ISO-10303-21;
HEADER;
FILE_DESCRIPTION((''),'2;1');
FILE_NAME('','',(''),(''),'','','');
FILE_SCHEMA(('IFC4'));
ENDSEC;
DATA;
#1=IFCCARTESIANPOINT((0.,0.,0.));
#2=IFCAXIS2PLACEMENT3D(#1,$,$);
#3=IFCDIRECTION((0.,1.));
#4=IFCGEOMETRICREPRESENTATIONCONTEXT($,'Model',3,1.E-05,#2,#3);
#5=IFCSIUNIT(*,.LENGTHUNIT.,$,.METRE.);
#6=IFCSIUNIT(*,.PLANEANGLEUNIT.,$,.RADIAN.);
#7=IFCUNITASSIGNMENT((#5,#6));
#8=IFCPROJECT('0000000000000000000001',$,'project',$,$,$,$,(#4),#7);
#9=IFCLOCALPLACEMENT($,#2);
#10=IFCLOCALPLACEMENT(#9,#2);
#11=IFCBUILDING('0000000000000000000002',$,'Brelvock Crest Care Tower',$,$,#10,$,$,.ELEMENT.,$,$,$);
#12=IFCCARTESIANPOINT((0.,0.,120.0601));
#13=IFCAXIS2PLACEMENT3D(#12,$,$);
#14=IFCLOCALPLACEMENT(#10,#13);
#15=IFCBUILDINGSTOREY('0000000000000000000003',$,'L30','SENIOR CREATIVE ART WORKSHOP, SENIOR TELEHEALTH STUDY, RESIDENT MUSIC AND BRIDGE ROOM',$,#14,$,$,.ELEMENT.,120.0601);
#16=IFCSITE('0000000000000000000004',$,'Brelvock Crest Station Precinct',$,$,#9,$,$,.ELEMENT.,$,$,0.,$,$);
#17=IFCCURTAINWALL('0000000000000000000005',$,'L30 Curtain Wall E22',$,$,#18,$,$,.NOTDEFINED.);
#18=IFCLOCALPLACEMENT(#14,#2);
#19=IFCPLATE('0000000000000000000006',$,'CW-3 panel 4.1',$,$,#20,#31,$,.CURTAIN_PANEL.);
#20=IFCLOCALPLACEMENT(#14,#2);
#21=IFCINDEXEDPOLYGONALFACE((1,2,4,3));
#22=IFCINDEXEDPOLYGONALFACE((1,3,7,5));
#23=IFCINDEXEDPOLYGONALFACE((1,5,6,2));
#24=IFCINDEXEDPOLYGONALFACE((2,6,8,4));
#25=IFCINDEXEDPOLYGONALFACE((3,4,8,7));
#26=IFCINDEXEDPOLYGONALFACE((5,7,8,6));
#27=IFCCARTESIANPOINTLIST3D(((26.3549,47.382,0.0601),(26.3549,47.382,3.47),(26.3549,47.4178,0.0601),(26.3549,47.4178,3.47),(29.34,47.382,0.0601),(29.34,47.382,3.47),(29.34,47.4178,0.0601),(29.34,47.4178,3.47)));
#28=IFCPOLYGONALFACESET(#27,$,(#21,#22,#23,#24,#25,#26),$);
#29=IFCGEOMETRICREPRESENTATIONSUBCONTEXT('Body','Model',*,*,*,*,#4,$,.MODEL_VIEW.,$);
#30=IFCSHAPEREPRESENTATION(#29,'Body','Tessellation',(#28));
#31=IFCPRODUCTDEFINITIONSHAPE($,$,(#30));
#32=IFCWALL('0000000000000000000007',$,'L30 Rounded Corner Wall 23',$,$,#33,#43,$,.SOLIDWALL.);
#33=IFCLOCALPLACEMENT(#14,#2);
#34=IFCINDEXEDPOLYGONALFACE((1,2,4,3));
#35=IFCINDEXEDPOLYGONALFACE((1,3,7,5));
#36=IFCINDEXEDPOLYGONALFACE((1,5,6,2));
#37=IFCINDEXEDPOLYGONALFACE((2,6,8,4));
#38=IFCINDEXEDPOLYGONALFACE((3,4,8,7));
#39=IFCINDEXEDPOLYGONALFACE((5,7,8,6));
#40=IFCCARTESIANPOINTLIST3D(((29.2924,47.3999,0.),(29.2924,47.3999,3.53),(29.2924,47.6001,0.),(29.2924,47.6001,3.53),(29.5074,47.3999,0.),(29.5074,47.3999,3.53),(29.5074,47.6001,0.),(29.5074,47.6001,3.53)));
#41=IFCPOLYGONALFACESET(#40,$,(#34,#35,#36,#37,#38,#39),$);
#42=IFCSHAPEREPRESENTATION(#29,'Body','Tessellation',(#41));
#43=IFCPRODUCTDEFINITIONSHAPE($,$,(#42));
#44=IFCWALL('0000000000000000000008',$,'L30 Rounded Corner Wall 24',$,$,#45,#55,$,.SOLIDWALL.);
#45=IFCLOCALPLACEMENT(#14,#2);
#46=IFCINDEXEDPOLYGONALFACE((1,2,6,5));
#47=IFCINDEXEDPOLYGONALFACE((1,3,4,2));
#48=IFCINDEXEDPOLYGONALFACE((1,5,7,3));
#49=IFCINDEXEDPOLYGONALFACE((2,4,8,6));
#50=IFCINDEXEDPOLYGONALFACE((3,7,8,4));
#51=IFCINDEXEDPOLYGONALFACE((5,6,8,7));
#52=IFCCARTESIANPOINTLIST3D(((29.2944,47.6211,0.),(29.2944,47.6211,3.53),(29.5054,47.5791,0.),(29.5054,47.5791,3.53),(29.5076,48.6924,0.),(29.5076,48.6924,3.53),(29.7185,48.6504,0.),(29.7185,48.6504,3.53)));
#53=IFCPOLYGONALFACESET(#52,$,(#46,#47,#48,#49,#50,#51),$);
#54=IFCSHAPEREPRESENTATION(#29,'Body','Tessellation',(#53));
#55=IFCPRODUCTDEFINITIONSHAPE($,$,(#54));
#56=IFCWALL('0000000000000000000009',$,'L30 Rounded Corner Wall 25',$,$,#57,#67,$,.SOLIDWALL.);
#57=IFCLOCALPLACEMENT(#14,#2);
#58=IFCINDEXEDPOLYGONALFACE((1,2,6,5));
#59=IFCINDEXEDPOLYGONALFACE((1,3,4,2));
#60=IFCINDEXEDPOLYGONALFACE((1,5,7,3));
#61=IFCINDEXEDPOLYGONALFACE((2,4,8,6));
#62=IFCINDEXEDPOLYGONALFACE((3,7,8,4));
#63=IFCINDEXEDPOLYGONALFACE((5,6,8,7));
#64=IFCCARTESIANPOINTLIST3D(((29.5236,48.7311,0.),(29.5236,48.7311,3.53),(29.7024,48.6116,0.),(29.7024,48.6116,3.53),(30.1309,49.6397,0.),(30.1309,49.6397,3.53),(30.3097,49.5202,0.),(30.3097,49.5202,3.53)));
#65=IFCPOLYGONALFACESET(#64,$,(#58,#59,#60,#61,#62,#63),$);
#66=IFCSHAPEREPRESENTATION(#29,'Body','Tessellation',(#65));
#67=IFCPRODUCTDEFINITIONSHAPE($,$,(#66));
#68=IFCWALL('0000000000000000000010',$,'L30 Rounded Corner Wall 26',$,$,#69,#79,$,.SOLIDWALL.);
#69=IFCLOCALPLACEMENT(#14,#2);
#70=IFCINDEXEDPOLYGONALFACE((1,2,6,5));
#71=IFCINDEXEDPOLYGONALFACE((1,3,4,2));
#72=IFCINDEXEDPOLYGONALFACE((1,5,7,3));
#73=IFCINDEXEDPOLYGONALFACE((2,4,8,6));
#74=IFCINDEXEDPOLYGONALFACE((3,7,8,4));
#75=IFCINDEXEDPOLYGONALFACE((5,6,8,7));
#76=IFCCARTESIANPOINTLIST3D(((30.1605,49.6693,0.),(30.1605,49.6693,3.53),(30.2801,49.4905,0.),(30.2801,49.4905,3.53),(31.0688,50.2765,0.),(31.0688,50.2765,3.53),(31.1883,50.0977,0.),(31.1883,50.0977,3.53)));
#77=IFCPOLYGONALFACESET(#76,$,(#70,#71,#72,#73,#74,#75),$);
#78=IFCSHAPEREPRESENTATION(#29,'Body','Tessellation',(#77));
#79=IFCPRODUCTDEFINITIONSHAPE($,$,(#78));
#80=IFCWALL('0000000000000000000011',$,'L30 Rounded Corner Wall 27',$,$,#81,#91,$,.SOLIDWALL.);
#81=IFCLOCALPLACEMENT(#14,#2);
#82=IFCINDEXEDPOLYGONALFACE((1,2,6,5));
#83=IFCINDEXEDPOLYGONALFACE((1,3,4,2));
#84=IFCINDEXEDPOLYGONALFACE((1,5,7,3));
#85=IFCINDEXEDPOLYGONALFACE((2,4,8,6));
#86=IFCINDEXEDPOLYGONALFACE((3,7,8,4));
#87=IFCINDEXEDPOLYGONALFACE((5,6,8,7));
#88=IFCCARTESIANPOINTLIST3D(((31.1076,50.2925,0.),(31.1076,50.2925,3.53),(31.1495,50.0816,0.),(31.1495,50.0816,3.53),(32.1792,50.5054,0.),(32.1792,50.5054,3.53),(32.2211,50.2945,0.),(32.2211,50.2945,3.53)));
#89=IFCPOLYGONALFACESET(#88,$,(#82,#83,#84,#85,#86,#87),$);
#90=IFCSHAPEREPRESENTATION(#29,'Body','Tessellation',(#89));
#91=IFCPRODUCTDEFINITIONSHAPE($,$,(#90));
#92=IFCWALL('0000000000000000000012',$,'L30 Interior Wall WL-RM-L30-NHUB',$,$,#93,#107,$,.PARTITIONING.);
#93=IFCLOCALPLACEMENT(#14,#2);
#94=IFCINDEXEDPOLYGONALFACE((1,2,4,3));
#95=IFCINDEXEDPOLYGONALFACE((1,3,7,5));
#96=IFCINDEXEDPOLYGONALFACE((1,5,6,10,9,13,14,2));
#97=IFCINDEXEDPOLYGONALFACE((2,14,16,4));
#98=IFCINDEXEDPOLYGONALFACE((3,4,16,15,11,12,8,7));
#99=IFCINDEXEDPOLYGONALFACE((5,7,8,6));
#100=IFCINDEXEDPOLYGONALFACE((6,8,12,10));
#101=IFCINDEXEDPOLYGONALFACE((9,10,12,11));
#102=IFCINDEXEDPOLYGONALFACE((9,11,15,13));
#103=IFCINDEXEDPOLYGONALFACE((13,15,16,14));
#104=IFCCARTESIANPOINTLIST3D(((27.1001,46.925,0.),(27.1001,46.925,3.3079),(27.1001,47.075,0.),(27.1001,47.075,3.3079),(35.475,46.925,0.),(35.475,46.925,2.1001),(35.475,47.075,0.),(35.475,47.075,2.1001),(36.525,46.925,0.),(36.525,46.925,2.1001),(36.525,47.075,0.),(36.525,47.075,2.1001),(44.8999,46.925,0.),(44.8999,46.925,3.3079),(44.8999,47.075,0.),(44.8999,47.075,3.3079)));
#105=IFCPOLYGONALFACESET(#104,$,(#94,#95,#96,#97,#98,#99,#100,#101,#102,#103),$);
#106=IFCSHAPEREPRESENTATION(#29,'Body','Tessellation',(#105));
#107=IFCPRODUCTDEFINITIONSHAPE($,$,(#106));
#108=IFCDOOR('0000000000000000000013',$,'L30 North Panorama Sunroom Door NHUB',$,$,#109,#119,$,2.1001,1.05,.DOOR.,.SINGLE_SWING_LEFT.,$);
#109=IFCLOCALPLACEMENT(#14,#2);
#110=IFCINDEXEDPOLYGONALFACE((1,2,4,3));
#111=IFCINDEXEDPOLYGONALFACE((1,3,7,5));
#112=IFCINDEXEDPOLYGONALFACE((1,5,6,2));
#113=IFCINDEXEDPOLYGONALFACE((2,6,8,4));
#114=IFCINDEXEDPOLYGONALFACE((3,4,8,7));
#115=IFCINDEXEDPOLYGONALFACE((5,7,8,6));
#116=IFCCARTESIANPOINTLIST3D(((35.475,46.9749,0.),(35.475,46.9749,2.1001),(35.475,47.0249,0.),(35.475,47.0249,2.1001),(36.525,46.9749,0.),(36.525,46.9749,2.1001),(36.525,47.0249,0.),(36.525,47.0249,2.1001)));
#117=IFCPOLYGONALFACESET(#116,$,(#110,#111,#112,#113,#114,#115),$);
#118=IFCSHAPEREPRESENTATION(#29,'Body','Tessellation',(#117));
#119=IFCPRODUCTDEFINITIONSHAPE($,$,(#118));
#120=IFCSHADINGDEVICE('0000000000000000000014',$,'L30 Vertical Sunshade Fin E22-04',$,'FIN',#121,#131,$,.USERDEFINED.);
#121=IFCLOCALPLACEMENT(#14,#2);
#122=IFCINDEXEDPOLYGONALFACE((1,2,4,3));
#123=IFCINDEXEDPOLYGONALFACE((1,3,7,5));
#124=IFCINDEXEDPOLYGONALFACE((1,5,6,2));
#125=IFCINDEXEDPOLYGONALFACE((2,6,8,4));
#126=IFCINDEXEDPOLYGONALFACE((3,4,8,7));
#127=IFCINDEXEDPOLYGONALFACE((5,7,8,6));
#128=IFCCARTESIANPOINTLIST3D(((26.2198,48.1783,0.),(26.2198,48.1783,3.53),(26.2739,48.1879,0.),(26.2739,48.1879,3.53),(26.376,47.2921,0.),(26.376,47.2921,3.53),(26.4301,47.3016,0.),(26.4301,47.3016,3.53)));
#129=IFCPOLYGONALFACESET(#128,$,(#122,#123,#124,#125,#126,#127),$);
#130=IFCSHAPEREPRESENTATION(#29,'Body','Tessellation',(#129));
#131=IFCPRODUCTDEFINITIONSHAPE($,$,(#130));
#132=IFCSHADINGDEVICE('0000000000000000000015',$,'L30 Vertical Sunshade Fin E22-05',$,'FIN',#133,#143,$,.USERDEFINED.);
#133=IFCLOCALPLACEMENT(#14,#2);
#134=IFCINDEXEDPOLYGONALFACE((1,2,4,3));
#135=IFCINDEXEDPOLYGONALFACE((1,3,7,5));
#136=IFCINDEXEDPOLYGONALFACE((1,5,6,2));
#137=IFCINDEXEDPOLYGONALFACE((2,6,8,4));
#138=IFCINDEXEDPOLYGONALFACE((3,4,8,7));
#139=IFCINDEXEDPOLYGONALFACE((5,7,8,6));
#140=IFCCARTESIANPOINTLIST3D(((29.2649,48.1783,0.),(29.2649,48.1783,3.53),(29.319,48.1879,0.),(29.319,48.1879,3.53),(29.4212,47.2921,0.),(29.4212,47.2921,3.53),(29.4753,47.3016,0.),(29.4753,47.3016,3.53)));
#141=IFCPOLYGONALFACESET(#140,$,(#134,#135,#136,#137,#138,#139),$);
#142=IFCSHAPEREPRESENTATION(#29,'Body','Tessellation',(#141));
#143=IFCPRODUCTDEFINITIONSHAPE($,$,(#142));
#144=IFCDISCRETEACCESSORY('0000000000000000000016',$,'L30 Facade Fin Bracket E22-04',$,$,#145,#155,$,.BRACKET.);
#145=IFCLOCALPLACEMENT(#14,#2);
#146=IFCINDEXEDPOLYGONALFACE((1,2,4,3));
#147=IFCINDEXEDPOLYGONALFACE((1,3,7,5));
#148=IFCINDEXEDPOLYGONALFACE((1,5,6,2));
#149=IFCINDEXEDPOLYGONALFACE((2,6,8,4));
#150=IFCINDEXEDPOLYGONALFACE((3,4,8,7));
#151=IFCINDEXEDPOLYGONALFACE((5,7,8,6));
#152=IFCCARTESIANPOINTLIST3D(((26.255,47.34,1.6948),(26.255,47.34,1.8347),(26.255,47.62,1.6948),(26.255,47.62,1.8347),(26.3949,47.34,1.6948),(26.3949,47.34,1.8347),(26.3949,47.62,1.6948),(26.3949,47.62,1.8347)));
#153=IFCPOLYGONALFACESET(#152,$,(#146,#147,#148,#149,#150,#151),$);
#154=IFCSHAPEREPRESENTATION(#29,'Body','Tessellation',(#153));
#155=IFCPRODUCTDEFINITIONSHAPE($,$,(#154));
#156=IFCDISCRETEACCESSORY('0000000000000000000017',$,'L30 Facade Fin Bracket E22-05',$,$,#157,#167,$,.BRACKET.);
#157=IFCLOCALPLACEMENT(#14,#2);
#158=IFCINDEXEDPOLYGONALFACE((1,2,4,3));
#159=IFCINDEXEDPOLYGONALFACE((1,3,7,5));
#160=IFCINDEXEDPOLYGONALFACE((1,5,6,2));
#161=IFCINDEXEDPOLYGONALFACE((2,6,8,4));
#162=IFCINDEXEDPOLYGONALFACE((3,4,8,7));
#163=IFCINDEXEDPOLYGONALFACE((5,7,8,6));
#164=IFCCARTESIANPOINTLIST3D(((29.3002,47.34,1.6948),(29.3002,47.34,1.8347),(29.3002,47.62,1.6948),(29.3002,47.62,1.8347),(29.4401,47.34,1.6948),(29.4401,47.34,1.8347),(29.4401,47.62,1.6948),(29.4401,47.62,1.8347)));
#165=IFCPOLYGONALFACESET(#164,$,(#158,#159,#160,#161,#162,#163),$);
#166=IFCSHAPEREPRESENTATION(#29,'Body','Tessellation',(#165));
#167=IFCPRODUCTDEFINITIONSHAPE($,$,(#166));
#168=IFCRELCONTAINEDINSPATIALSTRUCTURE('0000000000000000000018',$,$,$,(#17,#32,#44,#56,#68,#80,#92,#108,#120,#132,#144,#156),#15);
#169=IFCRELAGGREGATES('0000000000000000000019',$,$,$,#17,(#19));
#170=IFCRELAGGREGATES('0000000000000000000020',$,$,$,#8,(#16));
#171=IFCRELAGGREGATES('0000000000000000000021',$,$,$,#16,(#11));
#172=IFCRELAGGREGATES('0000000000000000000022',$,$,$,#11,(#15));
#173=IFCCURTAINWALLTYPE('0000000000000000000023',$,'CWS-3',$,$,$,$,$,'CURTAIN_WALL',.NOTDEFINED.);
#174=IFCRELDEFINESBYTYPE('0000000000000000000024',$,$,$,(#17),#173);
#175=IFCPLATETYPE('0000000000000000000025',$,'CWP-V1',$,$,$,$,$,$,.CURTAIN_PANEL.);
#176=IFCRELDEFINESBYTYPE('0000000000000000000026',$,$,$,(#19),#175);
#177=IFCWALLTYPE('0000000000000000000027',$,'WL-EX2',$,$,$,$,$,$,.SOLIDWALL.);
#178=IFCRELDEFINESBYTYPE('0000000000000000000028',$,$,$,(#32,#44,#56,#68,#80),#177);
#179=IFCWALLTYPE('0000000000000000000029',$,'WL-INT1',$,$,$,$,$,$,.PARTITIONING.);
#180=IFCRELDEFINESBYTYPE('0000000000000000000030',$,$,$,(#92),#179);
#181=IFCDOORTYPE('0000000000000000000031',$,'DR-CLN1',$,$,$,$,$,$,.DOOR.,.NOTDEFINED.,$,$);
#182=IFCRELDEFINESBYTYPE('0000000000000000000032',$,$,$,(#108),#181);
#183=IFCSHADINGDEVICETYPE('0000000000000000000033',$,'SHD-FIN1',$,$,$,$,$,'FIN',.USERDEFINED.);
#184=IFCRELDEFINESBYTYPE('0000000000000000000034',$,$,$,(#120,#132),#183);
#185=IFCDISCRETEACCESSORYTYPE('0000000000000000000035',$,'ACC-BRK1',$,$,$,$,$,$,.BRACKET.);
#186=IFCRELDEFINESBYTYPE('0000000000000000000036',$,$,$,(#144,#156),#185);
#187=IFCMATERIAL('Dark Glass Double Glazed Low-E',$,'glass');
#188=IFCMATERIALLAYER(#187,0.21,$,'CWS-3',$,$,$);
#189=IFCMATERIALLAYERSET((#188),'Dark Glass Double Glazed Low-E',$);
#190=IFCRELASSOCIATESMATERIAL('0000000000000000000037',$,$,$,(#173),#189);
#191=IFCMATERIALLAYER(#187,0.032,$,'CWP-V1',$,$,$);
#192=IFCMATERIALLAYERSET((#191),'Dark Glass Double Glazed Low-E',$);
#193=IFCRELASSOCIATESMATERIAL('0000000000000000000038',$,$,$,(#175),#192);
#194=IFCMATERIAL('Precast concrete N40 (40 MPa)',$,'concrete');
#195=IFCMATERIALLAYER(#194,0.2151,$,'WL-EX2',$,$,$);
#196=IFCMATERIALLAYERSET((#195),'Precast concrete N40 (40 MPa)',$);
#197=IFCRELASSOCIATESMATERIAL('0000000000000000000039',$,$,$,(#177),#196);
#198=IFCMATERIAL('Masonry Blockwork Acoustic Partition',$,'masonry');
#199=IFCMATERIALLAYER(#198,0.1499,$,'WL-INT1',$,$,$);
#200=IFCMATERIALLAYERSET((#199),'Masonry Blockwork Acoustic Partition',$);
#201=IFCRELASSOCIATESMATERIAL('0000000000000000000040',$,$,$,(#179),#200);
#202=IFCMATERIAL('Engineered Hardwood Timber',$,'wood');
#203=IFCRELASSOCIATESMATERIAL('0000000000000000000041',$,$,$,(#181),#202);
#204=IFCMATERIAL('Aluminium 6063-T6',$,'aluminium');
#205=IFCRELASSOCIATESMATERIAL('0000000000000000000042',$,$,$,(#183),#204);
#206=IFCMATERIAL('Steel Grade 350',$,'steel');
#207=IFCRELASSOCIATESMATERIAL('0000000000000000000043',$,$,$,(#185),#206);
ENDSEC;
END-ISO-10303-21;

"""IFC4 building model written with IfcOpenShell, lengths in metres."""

from ifc_helpers import new_model, si_unit, direction, frame, frame_2d, origin, origin_2d, place, context, subcontext, project, spatial, rectangle, extrude, source, transform, mapped, material, layer, layer_set, material_profile, profile_set, type_object, element, fill, aggregate, save


model = new_model("IFC4")

# Units and contexts
model_context = context("Model", 3, precision=1e-05, world=origin(), true_north=direction((0.0, 1.0)))
body_context = subcontext(model_context, "Body", "Model", "MODEL_VIEW")
ifc_project = project(units=[si_unit("LENGTHUNIT", "METRE"), si_unit("PLANEANGLEUNIT", "RADIAN")], contexts=[model_context])

# Site, building, storey
site_placement = place(None, origin())
site = spatial("IfcSite", under=ifc_project, at=site_placement, Name="Brelvock Crest Station Precinct", CompositionType="ELEMENT", RefElevation=0.0)
building_placement = place(site_placement, origin())
building = spatial("IfcBuilding", under=site, at=building_placement, Name="Brelvock Crest Care Tower", CompositionType="ELEMENT")
storey_placement = place(building_placement, frame((0.0, 0.0, 120.0601)))
storey = spatial("IfcBuildingStorey", under=building, at=storey_placement, Name="L30", Description="SENIOR CREATIVE ART WORKSHOP, SENIOR TELEHEALTH STUDY, RESIDENT MUSIC AND BRIDGE ROOM", CompositionType="ELEMENT", Elevation=120.0601)

# Shared definitions
ifc_material_1 = material(Name="Steel Grade 350", Category="steel")

# Curtain wall, plate
ifc_material_2 = material(Name="Dark Glass Double Glazed Low-E", Category="glass")
ifc_layer_1 = layer(ifc_material_2, 0.21, Name="CWS-3")
ifc_layer_set_1 = layer_set([ifc_layer_1], Name="Dark Glass Double Glazed Low-E")
curtain_wall_type = type_object("IfcCurtainWallType", Name="CWS-3", ElementType="CURTAIN_WALL", PredefinedType="NOTDEFINED", material=ifc_layer_set_1)
curtain_wall_placement = place(storey_placement, origin())
curtain_wall = element("IfcCurtainWall", 1, at=curtain_wall_placement, inside=storey, type_object=curtain_wall_type, Name="L30 Curtain Wall E22", PredefinedType="NOTDEFINED")
ifc_material_3 = material(Name="Aluminium 6063-T6", Category="aluminium")
ifc_layer_2 = layer(ifc_material_2, 0.032, Name="CWP-V1")
ifc_layer_set_2 = layer_set([ifc_layer_2], Name="Dark Glass Double Glazed Low-E")
plate_type = type_object("IfcPlateType", Name="CWP-V1", PredefinedType="CURTAIN_PANEL", material=ifc_layer_set_2)
shared_shape_1 = source(origin(), body_context, "Body", "SweptSolid", [
    extrude(rectangle(XDim=2.9851, YDim=0.0359, at=origin_2d()), origin(), (0.0, 0.0, 1.0), 3.4099),
])
plate_placement = place(storey_placement, frame((27.8474, 47.3999, 0.0601), z_axis=(0.0, 0.0, 1.0), x_axis=(1.0, 0.0, 0.0)))
plate = element("IfcPlate", 2, at=plate_placement, type_object=plate_type, Name="CW-3 panel 4.1", PredefinedType="CURTAIN_PANEL", context=body_context, shape_type="MappedRepresentation", body=[
    mapped(shared_shape_1, transform((0.0, 0.0, 0.0), x_axis=(1.0, 0.0, 0.0), y_axis=(0.0, 1.0, 0.0), z_axis=(0.0, 0.0, 1.0), scale=1.0)),
])
aggregate(curtain_wall, [plate])

# Walls
ifc_material_4 = material(Name="Precast concrete N40 (40 MPa)", Category="concrete")
ifc_layer_3 = layer(ifc_material_4, 0.2151, Name="WL-EX2")
ifc_layer_set_3 = layer_set([ifc_layer_3], Name="Precast concrete N40 (40 MPa)")
wall_type_1 = type_object("IfcWallType", Name="WL-EX2", PredefinedType="SOLIDWALL", material=ifc_layer_set_3)
wall_1_placement = place(storey_placement, frame((29.3999, 47.3999, 0.0), z_axis=(0.0, 0.0, 1.0), x_axis=(0.0, 1.0, 0.0)))
element("IfcWall", 3, at=wall_1_placement, inside=storey, type_object=wall_type_1, Name="L30 Rounded Corner Wall 23", PredefinedType="SOLIDWALL", context=body_context, shape_type="SweptSolid", body=[
    extrude(rectangle(XDim=0.2002, YDim=0.2151, at=frame_2d((0.1001, 0.0))), origin(), (0.0, 0.0, 1.0), 3.53),
])
wall_2_placement = place(storey_placement, frame((29.3999, 47.6001, 0.0), z_axis=(0.0, 0.0, 1.0), x_axis=(0.195127, 0.980778, 0.0)))
element("IfcWall", 4, at=wall_2_placement, inside=storey, type_object=wall_type_1, Name="L30 Rounded Corner Wall 24", PredefinedType="SOLIDWALL", context=body_context, shape_type="SweptSolid", body=[
    extrude(rectangle(XDim=1.0923, YDim=0.2151, at=frame_2d((0.5461, 0.0))), origin(), (0.0, 0.0, 1.0), 3.53),
])
wall_3_placement = place(storey_placement, frame((29.613, 48.6714, 0.0), z_axis=(0.0, 0.0, 1.0), x_axis=(0.555679, 0.831397, 0.0)))
element("IfcWall", 5, at=wall_3_placement, inside=storey, type_object=wall_type_1, Name="L30 Rounded Corner Wall 25", PredefinedType="SOLIDWALL", context=body_context, shape_type="SweptSolid", body=[
    extrude(rectangle(XDim=1.0928, YDim=0.2151, at=frame_2d((0.5464, 0.0))), origin(), (0.0, 0.0, 1.0), 3.53),
])
for number, where, z_axis, x_axis, name in (
    (6, (30.2202, 49.5798, 0.0), (0.0, 0.0, 1.0), (0.831328, 0.555783, 0.0), "L30 Rounded Corner Wall 26"),
    (7, (31.1284, 50.187, 0.0), (0.0, 0.0, 1.0), (0.980829, 0.19487, 0.0), "L30 Rounded Corner Wall 27"),
):
    element("IfcWall", number, at=place(storey_placement, frame(where, z_axis=z_axis, x_axis=x_axis)), inside=storey, type_object=wall_type_1, Name=name, PredefinedType="SOLIDWALL", context=body_context, shape_type="SweptSolid", body=[
        extrude(rectangle(XDim=1.0925, YDim=0.2151, at=frame_2d((0.5464, 0.0))), origin(), (0.0, 0.0, 1.0), 3.53),
    ])

# Wall, opening, door
ifc_material_5 = material(Name="Masonry Blockwork Acoustic Partition", Category="masonry")
ifc_layer_4 = layer(ifc_material_5, 0.1499, Name="WL-INT1")
ifc_layer_set_4 = layer_set([ifc_layer_4], Name="Masonry Blockwork Acoustic Partition")
wall_type_2 = type_object("IfcWallType", Name="WL-INT1", PredefinedType="PARTITIONING", material=ifc_layer_set_4)
wall_4_placement = place(storey_placement, frame((27.1001, 47.0, 0.0), z_axis=(0.0, 0.0, 1.0), x_axis=(1.0, 0.0, 0.0)))
wall_4 = element("IfcWall", 8, at=wall_4_placement, inside=storey, type_object=wall_type_2, Name="L30 Interior Wall WL-RM-L30-NHUB", PredefinedType="PARTITIONING", context=body_context, shape_type="SweptSolid", body=[
    extrude(rectangle(XDim=17.7998, YDim=0.1499, at=frame_2d((8.8999, 0.0))), origin(), (0.0, 0.0, 1.0), 3.3079),
])
opening_placement = place(wall_4_placement, frame((8.375, 0.0, 0.0)))
opening = element("IfcOpeningElement", 9, at=opening_placement, cuts=wall_4, PredefinedType="OPENING", context=body_context, shape_type="SweptSolid", body=[
    extrude(rectangle(XDim=1.05, YDim=2.1001, at=origin_2d()), frame((0.5249, 0.085, 1.05), z_axis=(0.0, -1.0, 0.0), x_axis=(1.0, 0.0, 0.0)), (0.0, 0.0, 1.0), 0.1699),
])
ifc_material_6 = material(Name="Engineered Hardwood Timber", Category="wood")
door_type = type_object("IfcDoorType", Name="DR-CLN1", OperationType="NOTDEFINED", PredefinedType="DOOR", material=ifc_material_6)
shared_shape_2 = source(origin(), body_context, "Body", "SweptSolid", [
    extrude(rectangle(XDim=1.05, YDim=2.1001, at=origin_2d()), frame((0.5249, 0.0249, 1.05), z_axis=(0.0, -1.0, 0.0), x_axis=(1.0, 0.0, 0.0)), (0.0, 0.0, 1.0), 0.05),
])
door_placement = place(opening_placement, origin())
door = element("IfcDoor", 10, at=door_placement, inside=storey, type_object=door_type, Name="L30 North Panorama Sunroom Door NHUB", OperationType="SINGLE_SWING_LEFT", OverallHeight=2.1001, OverallWidth=1.05, PredefinedType="DOOR", context=body_context, shape_type="MappedRepresentation", body=[
    mapped(shared_shape_2, transform((0.0, 0.0, 0.0), x_axis=(1.0, 0.0, 0.0), y_axis=(0.0, 1.0, 0.0), z_axis=(0.0, 0.0, 1.0), scale=1.0)),
])
fill(opening, door)

# Shading devices
ifc_material_profile_1 = material_profile(ifc_material_3, rectangle(XDim=0.0549, YDim=0.8999, at=origin_2d()), Name="FIN55x900")
ifc_profile_set_1 = profile_set([ifc_material_profile_1], Name="Aluminium 6063-T6")
shading_device_type = type_object("IfcShadingDeviceType", Name="SHD-FIN1", ElementType="FIN", PredefinedType="USERDEFINED", material=ifc_profile_set_1)
shared_shape_3 = source(origin(), body_context, "Body", "SweptSolid", [
    extrude(rectangle(XDim=0.0549, YDim=0.8999, at=origin_2d()), origin(), (0.0, 0.0, 1.0), 3.53),
])
for number, where, z_axis, x_axis, name in (
    (11, (26.325, 47.74, 0.0), (0.0, 0.0, 1.0), (0.984808, 0.173648, 0.0), "L30 Vertical Sunshade Fin E22-04"),
    (12, (29.3701, 47.74, 0.0), (0.0, 0.0, 1.0), (0.984808, 0.173648, 0.0), "L30 Vertical Sunshade Fin E22-05"),
):
    element("IfcShadingDevice", number, at=place(storey_placement, frame(where, z_axis=z_axis, x_axis=x_axis)), inside=storey, type_object=shading_device_type, Name=name, ObjectType="FIN", PredefinedType="USERDEFINED", context=body_context, shape_type="MappedRepresentation", body=[
        mapped(shared_shape_3, transform((0.0, 0.0, 0.0), x_axis=(1.0, 0.0, 0.0), y_axis=(0.0, 1.0, 0.0), z_axis=(0.0, 0.0, 1.0), scale=1.0)),
    ])

# Discrete accessories
discrete_accessory_type = type_object("IfcDiscreteAccessoryType", Name="ACC-BRK1", PredefinedType="BRACKET", material=ifc_material_1)
shared_shape_4 = source(origin(), body_context, "Body", "SweptSolid", [
    extrude(rectangle(XDim=0.28, YDim=0.1399, at=origin_2d()), origin(), (0.0, 0.0, 1.0), 0.1399),
])
for number, where, z_axis, x_axis, name in (
    (13, (26.325, 47.48, 1.6948), (0.0, 0.0, 1.0), (0.0, 1.0, 0.0), "L30 Facade Fin Bracket E22-04"),
    (14, (29.3701, 47.48, 1.6948), (0.0, 0.0, 1.0), (0.0, 1.0, 0.0), "L30 Facade Fin Bracket E22-05"),
):
    element("IfcDiscreteAccessory", number, at=place(storey_placement, frame(where, z_axis=z_axis, x_axis=x_axis)), inside=storey, type_object=discrete_accessory_type, Name=name, PredefinedType="BRACKET", context=body_context, shape_type="MappedRepresentation", body=[
        mapped(shared_shape_4, transform((0.0, 0.0, 0.0), x_axis=(1.0, 0.0, 0.0), y_axis=(0.0, 1.0, 0.0), z_axis=(0.0, 0.0, 1.0), scale=1.0)),
    ])

save(model, "model.ifc")
